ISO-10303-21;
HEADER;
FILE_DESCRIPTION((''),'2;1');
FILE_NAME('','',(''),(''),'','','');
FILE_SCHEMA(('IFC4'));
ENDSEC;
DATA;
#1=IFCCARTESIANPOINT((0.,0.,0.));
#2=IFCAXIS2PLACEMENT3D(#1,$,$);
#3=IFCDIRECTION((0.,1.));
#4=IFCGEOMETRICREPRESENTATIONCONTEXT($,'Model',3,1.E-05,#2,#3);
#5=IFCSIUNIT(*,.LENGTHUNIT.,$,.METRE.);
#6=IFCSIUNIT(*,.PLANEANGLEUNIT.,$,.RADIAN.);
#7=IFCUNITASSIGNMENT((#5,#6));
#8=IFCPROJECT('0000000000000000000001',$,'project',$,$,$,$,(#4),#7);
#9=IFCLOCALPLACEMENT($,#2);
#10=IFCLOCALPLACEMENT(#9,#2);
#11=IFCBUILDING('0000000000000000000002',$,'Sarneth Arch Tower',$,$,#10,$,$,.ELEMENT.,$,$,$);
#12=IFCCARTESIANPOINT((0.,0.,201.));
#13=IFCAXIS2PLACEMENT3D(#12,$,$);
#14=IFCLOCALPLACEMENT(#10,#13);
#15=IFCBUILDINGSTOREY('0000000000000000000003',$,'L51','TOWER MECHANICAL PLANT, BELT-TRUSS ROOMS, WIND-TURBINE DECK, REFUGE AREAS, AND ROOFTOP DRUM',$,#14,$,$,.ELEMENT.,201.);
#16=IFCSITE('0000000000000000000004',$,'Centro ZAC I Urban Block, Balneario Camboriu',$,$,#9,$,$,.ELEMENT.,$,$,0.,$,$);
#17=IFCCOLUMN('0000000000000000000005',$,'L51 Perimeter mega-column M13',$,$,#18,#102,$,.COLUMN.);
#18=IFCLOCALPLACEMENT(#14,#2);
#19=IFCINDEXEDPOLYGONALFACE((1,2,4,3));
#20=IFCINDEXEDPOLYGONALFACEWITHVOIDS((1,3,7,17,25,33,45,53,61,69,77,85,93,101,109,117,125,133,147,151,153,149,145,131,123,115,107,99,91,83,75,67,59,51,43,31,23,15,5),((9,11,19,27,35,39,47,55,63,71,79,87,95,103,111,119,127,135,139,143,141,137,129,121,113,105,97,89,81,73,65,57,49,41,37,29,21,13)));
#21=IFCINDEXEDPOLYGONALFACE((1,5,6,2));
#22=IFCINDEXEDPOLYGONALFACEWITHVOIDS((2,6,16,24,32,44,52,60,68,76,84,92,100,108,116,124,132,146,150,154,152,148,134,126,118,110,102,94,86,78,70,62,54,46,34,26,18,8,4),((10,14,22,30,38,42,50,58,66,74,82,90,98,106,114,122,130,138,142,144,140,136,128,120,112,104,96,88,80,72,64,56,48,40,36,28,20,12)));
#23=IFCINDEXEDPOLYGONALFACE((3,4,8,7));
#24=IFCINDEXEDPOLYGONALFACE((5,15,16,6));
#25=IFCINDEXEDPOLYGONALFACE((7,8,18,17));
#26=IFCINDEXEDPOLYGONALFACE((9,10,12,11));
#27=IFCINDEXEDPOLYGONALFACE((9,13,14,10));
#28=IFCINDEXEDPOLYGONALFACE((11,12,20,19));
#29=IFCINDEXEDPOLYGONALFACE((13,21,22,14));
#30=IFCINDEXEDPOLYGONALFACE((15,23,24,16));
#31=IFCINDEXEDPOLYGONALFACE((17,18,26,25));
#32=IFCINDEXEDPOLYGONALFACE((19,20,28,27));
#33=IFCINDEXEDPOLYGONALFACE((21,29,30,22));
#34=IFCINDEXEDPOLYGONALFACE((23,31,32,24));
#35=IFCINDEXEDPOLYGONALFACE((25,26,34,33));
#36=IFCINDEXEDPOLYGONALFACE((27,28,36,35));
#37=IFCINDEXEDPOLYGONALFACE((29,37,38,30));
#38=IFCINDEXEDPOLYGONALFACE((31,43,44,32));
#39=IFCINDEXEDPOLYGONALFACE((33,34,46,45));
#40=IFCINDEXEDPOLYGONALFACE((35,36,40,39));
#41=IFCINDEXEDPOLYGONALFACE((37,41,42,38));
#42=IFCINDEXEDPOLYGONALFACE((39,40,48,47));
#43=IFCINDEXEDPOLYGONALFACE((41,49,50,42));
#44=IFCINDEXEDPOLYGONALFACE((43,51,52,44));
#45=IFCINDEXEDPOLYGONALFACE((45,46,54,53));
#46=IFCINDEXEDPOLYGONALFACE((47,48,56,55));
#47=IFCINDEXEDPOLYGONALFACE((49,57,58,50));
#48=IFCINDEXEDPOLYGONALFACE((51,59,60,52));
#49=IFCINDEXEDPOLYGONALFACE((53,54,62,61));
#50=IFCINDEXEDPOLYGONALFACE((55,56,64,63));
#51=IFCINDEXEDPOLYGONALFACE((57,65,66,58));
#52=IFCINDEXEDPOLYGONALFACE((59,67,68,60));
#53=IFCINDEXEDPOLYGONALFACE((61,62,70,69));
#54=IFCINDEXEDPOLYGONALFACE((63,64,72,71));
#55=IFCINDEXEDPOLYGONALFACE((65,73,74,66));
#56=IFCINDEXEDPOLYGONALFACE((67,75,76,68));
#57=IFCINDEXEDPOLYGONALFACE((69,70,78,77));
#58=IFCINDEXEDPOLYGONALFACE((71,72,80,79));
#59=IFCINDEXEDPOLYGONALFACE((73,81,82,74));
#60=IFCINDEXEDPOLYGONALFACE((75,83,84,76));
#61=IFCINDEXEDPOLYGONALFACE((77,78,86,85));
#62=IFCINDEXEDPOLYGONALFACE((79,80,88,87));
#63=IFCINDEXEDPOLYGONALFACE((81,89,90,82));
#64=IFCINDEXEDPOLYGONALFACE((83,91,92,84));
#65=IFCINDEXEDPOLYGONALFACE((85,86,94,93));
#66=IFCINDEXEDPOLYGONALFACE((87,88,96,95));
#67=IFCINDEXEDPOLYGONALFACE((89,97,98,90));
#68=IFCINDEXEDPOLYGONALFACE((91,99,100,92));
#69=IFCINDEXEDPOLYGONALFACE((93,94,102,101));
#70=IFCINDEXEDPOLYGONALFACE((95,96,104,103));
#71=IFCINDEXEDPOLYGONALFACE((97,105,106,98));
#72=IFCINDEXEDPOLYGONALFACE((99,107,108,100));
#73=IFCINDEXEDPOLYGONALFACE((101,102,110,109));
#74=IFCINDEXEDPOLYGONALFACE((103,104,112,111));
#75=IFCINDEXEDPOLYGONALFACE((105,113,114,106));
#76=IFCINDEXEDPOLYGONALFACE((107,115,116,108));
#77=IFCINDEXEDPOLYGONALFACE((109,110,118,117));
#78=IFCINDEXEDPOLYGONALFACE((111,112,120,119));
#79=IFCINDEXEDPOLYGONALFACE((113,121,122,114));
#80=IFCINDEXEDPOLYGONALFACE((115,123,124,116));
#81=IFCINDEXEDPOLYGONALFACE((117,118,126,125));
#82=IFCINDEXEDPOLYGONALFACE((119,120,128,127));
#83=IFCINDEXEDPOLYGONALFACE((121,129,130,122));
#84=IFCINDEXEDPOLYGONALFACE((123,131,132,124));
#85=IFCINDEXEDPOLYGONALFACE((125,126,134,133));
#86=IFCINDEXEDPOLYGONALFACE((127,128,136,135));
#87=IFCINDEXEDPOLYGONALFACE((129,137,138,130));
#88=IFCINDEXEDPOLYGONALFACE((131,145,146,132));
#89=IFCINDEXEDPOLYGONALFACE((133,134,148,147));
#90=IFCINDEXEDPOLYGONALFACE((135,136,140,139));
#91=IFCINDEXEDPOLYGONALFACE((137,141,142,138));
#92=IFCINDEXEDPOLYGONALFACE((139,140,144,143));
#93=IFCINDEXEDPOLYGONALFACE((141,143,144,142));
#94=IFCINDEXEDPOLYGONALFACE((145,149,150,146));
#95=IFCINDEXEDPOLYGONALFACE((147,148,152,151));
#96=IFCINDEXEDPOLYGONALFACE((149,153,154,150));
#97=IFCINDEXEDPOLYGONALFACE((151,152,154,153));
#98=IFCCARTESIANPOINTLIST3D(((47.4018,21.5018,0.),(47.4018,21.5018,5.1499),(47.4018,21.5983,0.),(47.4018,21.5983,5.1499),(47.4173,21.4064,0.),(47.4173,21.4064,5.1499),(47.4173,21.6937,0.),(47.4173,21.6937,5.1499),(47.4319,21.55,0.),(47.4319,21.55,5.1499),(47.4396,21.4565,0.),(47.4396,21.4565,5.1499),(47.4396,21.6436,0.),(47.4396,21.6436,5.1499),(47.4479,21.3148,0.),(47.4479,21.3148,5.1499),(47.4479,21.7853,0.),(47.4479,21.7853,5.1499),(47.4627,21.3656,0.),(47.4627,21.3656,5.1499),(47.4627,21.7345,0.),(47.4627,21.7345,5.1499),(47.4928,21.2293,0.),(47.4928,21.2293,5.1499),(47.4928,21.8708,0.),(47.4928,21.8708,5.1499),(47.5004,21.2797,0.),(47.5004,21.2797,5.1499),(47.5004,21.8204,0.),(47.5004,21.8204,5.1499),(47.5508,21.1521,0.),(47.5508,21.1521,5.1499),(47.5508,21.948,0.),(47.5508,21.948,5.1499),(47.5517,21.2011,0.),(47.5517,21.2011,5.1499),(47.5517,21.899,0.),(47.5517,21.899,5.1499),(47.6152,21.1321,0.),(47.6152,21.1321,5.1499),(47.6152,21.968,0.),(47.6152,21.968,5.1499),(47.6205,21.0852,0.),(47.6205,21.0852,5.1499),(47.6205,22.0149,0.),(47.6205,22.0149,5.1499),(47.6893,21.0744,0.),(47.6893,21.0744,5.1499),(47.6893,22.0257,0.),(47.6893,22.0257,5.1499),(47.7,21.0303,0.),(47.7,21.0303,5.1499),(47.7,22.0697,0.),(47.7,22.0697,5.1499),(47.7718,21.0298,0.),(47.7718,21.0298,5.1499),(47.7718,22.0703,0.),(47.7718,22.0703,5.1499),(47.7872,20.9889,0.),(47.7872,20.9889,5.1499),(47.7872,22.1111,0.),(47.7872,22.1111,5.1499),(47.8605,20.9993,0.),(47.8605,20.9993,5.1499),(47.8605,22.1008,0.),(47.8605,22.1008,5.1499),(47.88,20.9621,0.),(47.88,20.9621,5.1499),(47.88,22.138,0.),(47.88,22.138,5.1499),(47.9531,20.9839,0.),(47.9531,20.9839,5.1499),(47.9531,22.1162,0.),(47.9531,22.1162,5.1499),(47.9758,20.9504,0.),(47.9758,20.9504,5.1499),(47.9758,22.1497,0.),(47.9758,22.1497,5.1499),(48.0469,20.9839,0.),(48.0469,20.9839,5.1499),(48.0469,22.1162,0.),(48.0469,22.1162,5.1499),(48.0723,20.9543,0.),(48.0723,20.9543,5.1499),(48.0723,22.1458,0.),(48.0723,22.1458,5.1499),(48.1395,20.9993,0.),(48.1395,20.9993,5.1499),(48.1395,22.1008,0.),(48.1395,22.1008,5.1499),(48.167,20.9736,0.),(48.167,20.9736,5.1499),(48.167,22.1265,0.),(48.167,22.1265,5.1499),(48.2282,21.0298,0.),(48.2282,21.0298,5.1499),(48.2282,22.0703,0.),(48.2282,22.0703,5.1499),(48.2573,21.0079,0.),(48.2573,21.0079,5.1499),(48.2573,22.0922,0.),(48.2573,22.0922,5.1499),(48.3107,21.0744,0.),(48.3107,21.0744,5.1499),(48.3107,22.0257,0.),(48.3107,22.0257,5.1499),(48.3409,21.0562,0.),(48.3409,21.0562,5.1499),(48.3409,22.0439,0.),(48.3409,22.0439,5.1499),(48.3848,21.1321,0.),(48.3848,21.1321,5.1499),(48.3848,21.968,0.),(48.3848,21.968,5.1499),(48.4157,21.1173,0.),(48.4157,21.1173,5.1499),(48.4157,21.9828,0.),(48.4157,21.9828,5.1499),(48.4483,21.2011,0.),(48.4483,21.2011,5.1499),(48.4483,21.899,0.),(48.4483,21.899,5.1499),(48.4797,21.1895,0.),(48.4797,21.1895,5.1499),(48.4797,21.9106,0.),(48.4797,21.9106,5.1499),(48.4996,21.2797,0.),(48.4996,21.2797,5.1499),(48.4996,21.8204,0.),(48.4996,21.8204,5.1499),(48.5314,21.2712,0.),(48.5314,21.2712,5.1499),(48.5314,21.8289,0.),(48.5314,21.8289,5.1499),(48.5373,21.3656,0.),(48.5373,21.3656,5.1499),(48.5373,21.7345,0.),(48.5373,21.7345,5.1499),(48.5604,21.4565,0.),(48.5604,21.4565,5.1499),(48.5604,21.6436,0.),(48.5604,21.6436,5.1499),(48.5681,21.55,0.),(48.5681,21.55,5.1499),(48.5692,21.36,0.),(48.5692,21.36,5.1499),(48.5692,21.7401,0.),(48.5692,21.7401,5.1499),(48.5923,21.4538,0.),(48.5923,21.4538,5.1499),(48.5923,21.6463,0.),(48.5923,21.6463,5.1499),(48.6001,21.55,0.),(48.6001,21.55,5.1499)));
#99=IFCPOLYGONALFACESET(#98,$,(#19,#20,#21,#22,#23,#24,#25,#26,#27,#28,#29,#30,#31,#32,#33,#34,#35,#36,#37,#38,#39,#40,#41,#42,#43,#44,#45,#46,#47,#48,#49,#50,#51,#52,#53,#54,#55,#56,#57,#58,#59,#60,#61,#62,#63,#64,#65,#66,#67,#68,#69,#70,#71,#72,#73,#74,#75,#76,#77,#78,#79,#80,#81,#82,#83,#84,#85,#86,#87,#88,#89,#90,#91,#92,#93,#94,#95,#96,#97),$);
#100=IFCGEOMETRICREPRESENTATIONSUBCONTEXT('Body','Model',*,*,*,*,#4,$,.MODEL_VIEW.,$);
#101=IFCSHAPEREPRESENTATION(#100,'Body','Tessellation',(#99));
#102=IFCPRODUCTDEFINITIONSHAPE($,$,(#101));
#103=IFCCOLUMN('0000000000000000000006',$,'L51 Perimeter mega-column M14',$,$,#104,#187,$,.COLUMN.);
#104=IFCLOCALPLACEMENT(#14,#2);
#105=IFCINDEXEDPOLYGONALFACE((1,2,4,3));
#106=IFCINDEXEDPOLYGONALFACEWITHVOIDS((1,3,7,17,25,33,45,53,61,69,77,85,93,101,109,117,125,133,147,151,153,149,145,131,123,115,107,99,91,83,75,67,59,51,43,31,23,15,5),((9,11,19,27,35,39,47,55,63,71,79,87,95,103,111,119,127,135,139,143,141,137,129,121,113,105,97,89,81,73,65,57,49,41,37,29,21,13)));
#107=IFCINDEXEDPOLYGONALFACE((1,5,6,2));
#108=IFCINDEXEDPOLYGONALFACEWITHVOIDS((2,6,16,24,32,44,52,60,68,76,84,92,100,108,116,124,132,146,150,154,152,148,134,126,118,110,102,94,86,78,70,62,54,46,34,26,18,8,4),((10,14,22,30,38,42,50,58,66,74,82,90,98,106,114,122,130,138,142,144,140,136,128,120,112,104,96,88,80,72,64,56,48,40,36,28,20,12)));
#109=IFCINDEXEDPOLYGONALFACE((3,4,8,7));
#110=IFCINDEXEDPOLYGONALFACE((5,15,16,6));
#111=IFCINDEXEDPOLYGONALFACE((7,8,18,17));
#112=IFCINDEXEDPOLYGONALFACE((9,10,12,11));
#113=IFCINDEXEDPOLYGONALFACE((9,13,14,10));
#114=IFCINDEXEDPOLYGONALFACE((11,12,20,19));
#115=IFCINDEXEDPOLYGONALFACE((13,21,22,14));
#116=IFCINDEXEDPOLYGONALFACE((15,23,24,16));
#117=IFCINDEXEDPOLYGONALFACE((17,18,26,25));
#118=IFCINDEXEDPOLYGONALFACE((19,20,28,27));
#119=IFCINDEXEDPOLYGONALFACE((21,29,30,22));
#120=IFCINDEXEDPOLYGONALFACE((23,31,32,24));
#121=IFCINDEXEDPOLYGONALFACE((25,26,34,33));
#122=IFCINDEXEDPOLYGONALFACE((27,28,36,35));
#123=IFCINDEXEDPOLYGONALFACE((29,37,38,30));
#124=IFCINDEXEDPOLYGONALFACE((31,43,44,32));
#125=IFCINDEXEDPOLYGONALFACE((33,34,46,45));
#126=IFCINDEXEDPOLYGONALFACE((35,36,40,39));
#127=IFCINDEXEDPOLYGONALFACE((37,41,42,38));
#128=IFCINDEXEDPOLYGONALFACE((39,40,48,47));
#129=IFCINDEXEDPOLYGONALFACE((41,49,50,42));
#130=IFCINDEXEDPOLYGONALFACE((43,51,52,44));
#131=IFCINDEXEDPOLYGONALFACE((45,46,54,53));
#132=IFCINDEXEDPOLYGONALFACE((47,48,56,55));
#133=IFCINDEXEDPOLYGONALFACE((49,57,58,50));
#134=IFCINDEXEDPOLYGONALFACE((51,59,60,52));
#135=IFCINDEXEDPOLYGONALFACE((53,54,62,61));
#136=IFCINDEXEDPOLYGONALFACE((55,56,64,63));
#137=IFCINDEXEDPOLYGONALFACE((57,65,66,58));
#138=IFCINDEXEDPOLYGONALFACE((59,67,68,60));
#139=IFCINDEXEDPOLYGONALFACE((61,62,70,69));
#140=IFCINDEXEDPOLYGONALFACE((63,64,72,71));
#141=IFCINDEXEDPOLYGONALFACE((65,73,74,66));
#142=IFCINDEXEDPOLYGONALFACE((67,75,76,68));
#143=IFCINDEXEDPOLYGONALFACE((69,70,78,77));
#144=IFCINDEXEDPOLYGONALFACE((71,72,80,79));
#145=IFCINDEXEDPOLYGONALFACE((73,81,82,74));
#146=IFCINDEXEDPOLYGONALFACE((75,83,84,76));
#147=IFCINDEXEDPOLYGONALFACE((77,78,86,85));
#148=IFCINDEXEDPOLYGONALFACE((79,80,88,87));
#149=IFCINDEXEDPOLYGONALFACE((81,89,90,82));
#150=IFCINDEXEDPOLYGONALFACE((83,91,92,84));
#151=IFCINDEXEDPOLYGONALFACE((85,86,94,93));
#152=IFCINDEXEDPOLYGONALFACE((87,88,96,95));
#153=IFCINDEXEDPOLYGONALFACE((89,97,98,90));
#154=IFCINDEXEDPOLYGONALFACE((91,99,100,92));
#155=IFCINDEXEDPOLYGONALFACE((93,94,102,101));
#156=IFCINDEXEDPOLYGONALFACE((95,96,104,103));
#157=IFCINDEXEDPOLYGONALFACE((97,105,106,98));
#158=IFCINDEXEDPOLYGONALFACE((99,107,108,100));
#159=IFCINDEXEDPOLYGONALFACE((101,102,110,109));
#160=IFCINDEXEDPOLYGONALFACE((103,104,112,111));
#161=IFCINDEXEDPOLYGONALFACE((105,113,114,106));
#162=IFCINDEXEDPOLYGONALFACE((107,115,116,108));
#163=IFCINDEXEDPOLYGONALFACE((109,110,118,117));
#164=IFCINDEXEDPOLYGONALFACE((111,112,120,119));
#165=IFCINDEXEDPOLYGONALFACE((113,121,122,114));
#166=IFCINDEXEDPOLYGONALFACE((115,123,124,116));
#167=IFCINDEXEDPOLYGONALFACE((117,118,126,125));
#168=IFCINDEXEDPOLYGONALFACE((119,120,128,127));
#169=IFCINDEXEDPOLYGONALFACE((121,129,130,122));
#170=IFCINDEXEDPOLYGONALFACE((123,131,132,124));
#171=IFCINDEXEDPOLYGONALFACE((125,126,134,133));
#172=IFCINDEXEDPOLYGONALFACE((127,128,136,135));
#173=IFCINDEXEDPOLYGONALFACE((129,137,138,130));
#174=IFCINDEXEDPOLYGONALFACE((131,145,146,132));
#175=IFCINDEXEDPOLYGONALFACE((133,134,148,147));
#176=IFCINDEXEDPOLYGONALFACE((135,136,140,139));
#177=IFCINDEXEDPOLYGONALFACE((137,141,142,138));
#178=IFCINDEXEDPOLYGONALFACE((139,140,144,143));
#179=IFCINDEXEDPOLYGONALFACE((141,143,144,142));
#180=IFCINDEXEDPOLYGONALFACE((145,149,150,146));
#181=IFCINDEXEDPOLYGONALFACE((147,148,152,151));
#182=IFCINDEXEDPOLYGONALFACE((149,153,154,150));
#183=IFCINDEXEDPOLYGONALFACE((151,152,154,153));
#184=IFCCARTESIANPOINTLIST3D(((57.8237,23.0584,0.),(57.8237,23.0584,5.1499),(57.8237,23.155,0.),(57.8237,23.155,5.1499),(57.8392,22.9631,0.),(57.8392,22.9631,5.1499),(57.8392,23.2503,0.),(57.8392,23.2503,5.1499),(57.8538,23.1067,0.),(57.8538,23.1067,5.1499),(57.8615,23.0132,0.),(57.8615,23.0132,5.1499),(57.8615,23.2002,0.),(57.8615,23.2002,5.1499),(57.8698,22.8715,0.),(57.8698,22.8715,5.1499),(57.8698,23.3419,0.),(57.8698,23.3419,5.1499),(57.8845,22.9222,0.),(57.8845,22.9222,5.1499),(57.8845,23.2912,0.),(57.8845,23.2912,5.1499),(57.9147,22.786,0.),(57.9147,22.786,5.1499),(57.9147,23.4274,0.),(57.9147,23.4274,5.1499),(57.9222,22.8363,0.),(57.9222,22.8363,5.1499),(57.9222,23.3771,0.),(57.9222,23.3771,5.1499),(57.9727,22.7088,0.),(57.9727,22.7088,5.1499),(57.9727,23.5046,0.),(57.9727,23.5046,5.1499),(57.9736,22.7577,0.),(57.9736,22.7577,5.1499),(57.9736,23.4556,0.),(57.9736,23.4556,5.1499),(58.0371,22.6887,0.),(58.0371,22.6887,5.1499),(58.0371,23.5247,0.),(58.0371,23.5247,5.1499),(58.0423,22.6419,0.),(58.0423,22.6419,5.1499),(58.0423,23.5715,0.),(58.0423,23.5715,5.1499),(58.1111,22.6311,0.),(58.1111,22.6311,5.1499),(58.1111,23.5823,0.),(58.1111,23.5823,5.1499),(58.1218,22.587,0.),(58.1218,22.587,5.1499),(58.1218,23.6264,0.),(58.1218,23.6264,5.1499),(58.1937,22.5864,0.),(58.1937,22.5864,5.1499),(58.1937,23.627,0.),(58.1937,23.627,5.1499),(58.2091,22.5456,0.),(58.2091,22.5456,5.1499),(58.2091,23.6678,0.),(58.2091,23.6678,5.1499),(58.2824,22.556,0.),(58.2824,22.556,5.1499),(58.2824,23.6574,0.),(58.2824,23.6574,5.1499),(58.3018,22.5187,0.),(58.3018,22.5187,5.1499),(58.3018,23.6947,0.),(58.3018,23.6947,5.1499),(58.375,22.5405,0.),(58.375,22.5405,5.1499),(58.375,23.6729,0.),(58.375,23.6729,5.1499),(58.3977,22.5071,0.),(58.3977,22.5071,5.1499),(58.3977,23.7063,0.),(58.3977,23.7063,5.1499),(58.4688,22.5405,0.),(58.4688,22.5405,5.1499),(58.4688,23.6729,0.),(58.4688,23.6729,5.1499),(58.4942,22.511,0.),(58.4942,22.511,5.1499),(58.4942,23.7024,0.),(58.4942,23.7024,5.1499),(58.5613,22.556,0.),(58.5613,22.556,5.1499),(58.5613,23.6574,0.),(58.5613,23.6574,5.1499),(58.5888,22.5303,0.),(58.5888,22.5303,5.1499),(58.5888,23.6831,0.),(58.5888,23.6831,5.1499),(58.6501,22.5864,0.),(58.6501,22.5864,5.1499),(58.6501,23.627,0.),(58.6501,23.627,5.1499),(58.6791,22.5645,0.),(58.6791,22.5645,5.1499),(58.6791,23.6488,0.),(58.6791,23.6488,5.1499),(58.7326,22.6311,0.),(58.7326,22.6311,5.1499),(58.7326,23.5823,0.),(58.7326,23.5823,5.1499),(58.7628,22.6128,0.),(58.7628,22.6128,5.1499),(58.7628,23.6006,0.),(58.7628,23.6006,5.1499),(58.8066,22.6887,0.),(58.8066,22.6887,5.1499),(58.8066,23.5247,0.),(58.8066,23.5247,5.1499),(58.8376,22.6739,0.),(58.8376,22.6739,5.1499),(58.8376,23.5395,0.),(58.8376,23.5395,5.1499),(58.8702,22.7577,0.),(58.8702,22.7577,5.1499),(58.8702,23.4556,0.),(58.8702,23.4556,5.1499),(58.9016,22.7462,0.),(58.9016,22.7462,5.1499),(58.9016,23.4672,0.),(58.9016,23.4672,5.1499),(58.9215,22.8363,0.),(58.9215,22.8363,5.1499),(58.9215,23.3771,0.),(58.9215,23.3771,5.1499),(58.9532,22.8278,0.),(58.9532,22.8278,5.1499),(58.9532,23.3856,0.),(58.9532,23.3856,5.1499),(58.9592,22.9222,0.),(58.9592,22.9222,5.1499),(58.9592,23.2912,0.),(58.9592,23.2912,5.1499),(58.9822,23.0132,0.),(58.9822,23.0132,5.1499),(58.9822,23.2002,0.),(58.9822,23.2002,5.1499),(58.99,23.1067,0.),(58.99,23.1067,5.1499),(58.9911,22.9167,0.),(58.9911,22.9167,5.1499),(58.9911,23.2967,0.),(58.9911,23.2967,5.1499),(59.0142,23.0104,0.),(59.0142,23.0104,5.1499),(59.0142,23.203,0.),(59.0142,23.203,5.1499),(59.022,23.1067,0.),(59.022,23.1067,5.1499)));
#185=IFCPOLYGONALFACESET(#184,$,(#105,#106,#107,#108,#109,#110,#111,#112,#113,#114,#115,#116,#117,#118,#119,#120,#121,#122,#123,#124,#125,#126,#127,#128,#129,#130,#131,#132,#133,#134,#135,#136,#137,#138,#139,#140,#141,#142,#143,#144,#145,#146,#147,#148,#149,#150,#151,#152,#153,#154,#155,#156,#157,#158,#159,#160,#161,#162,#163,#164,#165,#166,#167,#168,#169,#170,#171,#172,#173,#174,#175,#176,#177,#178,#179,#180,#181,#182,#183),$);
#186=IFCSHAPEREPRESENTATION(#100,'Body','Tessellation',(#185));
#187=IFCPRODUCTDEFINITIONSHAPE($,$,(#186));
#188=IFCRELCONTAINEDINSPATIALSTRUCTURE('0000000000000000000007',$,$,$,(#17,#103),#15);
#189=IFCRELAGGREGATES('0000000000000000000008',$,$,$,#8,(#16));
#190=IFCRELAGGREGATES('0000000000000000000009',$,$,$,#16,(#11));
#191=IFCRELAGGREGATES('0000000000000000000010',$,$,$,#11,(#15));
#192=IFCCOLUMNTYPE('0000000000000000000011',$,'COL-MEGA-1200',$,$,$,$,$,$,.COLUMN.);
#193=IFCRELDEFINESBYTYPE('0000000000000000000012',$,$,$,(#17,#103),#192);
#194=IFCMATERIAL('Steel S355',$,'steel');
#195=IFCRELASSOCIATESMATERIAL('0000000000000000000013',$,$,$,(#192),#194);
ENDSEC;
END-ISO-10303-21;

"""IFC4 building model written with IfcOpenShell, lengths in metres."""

from ifc_helpers import new_model, si_unit, direction, frame, origin, origin_2d, place, context, subcontext, project, spatial, hollow_circle, extrude, material, material_profile, profile_set, type_object, element, save


model = new_model("IFC4")

# Units and contexts
model_context = context("Model", 3, precision=1e-05, world=origin(), true_north=direction((0.0, 1.0)))
body_context = subcontext(model_context, "Body", "Model", "MODEL_VIEW")
ifc_project = project(units=[si_unit("LENGTHUNIT", "METRE"), si_unit("PLANEANGLEUNIT", "RADIAN")], contexts=[model_context])

# Site, building, storey
site_placement = place(None, origin())
site = spatial("IfcSite", under=ifc_project, at=site_placement, Name="Centro ZAC I Urban Block, Balneario Camboriu", CompositionType="ELEMENT", RefElevation=0.0)
building_placement = place(site_placement, origin())
building = spatial("IfcBuilding", under=site, at=building_placement, Name="Sarneth Arch Tower", CompositionType="ELEMENT")
storey_placement = place(building_placement, frame((0.0, 0.0, 201.0)))
storey = spatial("IfcBuildingStorey", under=building, at=storey_placement, Name="L51", Description="TOWER MECHANICAL PLANT, BELT-TRUSS ROOMS, WIND-TURBINE DECK, REFUGE AREAS, AND ROOFTOP DRUM", CompositionType="ELEMENT", Elevation=201.0)

# Columns
ifc_material_1 = material(Name="Steel S355", Category="steel")
ifc_material_profile_1 = material_profile(ifc_material_1, hollow_circle(Radius=0.6001, WallThickness=0.032, at=origin_2d()), Name="CHS1200x32")
ifc_profile_set_1 = profile_set([ifc_material_profile_1], Name="Steel S355")
column_type = type_object("IfcColumnType", Name="COL-MEGA-1200", PredefinedType="COLUMN", material=ifc_profile_set_1)
for number, where, z_axis, x_axis, name in (
    (1, (48.0, 21.55, 0.0), (0.0, 0.0, 1.0), (1.0, 0.0, 0.0), "L51 Perimeter mega-column M13"),
    (2, (58.4219, 23.1067, 0.0), (0.0, 0.0, 1.0), (1.0, 0.0, 0.0), "L51 Perimeter mega-column M14"),
):
    element("IfcColumn", number, at=place(storey_placement, frame(where, z_axis=z_axis, x_axis=x_axis)), inside=storey, type_object=column_type, Name=name, PredefinedType="COLUMN", context=body_context, shape_type="SweptSolid", body=[
        extrude(hollow_circle(Radius=0.6001, WallThickness=0.032, at=origin_2d()), origin(), (0.0, 0.0, 1.0), 5.1499),
    ])

save(model, "model.ifc")
